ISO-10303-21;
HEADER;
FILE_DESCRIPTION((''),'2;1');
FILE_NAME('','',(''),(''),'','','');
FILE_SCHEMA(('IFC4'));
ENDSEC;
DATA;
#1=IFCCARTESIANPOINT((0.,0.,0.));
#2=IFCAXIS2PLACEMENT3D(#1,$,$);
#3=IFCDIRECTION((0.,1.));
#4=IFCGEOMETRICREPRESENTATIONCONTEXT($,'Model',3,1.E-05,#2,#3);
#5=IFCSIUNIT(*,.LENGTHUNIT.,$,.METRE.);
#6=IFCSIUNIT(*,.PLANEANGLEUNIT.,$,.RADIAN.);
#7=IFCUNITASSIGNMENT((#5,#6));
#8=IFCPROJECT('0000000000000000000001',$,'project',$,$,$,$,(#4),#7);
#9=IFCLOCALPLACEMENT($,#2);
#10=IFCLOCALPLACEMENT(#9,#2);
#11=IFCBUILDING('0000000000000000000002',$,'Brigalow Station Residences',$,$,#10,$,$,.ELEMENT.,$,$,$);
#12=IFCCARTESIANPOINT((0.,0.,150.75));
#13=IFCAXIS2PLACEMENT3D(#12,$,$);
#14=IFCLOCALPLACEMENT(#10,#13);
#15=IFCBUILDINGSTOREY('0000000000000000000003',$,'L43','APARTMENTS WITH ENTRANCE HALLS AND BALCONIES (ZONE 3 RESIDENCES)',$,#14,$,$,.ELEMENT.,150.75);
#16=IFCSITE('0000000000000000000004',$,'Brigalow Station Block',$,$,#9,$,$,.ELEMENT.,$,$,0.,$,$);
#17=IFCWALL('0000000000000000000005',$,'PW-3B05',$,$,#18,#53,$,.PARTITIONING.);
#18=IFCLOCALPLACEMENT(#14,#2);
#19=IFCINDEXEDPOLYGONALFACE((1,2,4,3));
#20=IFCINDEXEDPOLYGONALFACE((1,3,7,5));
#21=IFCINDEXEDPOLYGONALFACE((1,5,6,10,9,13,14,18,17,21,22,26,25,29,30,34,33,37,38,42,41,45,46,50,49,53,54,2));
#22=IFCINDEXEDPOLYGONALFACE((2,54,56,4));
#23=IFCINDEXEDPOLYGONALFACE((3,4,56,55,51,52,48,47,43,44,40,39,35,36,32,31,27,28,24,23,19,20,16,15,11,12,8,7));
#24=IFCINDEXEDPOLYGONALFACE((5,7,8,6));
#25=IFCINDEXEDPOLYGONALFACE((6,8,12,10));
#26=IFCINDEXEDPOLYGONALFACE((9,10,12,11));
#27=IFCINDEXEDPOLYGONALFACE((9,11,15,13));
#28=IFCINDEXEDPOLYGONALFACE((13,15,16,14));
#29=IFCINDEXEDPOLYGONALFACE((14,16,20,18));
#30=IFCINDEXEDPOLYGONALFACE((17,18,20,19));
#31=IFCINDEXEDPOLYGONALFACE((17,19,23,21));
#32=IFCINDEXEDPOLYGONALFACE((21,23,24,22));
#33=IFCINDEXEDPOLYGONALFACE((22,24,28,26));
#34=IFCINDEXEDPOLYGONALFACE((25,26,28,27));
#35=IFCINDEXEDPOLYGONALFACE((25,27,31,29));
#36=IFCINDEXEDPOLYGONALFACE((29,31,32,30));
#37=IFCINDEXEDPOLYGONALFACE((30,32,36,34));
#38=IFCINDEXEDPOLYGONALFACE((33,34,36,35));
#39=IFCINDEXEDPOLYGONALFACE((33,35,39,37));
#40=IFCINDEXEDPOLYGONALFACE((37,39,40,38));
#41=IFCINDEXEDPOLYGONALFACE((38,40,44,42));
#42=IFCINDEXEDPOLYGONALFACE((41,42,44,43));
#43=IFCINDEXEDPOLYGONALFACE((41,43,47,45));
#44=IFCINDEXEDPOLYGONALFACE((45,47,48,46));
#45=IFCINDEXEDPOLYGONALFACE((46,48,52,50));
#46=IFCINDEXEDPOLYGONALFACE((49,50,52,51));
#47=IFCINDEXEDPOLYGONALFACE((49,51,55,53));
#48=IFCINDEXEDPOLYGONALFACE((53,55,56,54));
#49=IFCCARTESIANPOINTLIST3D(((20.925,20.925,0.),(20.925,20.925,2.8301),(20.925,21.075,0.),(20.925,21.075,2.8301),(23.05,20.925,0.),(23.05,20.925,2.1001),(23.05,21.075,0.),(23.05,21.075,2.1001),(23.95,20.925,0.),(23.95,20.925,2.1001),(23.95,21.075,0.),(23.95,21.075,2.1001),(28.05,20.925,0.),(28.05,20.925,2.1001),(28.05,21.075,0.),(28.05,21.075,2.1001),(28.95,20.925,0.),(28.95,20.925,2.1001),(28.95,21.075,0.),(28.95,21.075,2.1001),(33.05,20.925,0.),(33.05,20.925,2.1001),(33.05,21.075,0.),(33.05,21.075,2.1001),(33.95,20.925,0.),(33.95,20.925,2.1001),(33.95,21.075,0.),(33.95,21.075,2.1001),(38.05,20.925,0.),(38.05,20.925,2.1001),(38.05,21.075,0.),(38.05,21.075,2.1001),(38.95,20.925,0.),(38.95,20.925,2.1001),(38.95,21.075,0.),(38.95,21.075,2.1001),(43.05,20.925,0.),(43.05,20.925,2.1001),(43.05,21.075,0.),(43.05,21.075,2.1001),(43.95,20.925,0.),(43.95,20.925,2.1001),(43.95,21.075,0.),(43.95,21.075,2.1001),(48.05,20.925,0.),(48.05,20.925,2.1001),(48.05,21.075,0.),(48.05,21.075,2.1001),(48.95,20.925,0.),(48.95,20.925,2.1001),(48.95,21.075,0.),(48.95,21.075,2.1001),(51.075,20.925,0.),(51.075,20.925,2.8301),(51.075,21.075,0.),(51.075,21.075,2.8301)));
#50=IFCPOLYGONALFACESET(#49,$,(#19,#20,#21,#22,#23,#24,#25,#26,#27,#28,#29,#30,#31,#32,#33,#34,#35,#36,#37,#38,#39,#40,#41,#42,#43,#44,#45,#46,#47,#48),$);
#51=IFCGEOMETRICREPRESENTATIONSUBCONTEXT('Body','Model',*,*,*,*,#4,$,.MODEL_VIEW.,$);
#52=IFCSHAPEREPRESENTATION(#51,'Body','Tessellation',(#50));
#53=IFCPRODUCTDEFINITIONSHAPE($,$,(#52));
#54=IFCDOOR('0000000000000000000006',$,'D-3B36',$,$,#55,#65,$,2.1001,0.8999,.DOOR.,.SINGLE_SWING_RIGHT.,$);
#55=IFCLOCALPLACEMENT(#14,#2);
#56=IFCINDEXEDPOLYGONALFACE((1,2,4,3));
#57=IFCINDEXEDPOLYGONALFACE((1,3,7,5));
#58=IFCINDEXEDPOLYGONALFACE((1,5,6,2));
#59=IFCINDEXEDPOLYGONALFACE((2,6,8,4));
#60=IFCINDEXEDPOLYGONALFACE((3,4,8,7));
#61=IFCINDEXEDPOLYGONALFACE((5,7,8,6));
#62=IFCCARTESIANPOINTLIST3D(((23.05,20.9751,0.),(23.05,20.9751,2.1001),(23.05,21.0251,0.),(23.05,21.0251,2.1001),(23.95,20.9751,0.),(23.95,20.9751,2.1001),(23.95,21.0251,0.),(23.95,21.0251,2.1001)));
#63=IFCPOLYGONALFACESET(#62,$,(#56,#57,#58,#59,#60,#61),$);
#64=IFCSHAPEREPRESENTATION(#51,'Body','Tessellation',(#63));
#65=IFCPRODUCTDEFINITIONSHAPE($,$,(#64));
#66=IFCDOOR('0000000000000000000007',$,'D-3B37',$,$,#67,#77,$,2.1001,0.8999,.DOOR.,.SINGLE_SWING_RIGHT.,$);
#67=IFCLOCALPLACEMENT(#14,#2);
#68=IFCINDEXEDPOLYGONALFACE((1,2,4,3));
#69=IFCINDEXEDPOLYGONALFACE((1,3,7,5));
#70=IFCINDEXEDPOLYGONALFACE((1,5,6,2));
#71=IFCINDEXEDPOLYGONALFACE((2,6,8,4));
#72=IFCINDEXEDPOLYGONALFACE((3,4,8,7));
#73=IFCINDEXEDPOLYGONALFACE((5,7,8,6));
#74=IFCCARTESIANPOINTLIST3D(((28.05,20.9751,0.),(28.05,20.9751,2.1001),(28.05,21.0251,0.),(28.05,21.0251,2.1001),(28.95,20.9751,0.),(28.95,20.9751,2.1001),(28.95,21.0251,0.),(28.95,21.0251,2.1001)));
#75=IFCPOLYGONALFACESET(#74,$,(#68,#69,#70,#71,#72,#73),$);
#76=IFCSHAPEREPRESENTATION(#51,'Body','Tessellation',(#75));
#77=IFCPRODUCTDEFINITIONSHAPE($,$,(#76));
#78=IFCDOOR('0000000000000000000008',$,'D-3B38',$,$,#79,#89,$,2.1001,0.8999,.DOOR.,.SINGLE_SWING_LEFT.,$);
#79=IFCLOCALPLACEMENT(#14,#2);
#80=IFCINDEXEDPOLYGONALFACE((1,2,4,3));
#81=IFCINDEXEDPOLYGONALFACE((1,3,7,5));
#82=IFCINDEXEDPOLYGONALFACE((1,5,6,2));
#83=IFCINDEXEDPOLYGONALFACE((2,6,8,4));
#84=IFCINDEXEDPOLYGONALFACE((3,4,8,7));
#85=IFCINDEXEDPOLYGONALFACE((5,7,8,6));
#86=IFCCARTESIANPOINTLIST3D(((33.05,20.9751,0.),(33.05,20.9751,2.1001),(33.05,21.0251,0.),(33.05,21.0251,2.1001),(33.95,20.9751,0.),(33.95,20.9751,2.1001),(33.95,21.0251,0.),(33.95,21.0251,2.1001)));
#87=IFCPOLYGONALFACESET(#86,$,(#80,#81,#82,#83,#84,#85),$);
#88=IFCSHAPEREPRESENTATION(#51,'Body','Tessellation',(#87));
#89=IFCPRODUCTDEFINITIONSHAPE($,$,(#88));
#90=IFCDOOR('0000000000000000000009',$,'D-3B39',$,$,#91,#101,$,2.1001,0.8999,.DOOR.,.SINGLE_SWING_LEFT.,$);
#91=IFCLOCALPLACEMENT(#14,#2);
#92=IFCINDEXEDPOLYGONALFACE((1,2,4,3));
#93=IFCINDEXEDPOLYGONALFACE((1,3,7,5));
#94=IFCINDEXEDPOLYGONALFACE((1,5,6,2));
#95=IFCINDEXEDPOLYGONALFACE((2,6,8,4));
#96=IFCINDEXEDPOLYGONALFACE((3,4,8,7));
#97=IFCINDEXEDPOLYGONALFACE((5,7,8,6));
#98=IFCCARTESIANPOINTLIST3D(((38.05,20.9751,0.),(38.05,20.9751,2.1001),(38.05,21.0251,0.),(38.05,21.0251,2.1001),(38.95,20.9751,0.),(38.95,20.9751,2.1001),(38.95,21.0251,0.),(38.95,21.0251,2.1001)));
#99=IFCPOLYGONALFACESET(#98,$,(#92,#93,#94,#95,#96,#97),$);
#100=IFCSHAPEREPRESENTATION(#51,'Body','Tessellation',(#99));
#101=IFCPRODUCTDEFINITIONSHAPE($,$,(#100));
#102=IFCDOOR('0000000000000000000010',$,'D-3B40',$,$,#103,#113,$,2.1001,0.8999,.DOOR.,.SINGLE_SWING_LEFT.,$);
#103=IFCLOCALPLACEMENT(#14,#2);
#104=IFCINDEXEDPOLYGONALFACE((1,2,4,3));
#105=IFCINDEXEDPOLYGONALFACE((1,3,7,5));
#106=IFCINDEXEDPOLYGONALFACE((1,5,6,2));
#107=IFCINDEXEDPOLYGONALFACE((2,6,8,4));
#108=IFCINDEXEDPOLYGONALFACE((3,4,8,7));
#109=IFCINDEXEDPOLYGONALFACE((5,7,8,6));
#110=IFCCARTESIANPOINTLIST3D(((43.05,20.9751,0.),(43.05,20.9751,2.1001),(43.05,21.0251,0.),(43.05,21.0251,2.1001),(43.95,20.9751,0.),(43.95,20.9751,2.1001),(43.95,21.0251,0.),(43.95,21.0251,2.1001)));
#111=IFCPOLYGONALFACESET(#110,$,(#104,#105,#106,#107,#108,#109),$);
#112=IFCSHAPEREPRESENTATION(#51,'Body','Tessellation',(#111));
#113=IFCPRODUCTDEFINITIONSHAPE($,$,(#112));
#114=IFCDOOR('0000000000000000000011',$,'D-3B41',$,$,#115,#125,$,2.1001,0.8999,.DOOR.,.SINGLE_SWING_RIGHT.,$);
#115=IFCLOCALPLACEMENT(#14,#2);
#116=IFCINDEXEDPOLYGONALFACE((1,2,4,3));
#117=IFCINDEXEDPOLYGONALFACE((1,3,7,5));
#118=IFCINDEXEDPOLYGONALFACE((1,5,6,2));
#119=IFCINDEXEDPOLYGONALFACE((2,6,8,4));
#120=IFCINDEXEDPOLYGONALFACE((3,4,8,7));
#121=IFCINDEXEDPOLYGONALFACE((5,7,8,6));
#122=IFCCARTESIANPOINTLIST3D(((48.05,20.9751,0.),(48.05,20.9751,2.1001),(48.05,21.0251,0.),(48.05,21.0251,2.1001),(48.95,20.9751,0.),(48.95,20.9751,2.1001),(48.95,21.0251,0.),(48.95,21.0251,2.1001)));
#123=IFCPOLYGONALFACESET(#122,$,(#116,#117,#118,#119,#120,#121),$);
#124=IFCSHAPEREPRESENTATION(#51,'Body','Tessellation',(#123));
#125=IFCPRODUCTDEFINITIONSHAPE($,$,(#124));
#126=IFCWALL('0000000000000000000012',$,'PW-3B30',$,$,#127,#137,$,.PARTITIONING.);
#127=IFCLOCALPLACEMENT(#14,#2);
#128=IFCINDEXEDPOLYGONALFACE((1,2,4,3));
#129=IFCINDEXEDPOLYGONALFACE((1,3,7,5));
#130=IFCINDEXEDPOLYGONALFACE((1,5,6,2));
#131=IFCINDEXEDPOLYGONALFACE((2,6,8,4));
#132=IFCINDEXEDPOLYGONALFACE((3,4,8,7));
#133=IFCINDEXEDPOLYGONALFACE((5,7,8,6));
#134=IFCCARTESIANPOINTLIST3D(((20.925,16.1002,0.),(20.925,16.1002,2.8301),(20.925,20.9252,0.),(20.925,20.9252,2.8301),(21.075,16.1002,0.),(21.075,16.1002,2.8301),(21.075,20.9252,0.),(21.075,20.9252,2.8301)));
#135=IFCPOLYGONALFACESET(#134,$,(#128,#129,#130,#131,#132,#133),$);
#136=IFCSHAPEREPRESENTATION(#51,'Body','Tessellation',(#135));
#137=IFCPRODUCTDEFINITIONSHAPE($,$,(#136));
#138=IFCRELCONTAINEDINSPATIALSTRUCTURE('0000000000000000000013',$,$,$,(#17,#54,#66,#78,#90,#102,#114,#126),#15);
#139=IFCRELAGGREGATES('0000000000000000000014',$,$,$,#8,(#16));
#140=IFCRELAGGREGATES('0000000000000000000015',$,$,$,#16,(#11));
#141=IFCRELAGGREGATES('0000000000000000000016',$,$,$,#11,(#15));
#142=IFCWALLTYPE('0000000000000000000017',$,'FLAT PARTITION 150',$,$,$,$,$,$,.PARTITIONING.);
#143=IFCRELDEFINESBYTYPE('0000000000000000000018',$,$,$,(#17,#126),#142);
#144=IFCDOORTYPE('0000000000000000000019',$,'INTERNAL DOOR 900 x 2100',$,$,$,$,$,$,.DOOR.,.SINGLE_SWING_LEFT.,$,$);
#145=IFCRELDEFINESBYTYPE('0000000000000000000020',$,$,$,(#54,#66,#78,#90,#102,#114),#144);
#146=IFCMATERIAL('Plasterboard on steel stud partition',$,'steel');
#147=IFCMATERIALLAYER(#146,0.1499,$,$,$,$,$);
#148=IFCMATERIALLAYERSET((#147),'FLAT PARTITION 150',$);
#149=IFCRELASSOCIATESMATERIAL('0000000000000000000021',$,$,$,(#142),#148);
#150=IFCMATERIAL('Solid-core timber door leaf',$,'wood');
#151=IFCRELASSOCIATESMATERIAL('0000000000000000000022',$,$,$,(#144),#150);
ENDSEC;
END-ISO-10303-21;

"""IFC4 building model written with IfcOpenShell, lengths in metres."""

from ifc_helpers import new_model, si_unit, direction, frame, frame_2d, origin, place, context, subcontext, project, spatial, rectangle, extrude, material, layer, layer_set, type_object, element, fill, save


model = new_model("IFC4")

# Units and contexts
model_context = context("Model", 3, precision=1e-05, world=origin(), true_north=direction((0.0, 1.0)))
body_context = subcontext(model_context, "Body", "Model", "MODEL_VIEW")
ifc_project = project(units=[si_unit("LENGTHUNIT", "METRE"), si_unit("PLANEANGLEUNIT", "RADIAN")], contexts=[model_context])

# Site, building, storey
site_placement = place(None, origin())
site = spatial("IfcSite", under=ifc_project, at=site_placement, Name="Brigalow Station Block", CompositionType="ELEMENT", RefElevation=0.0)
building_placement = place(site_placement, origin())
building = spatial("IfcBuilding", under=site, at=building_placement, Name="Brigalow Station Residences", CompositionType="ELEMENT")
storey_placement = place(building_placement, frame((0.0, 0.0, 150.75)))
storey = spatial("IfcBuildingStorey", under=building, at=storey_placement, Name="L43", Description="APARTMENTS WITH ENTRANCE HALLS AND BALCONIES (ZONE 3 RESIDENCES)", CompositionType="ELEMENT", Elevation=150.75)

# Wall, openings, doors
ifc_material_1 = material(Name="Plasterboard on steel stud partition", Category="steel")
ifc_layer_1 = layer(ifc_material_1, 0.1499)
ifc_layer_set_1 = layer_set([ifc_layer_1], Name="FLAT PARTITION 150")
wall_type_1 = type_object("IfcWallType", Name="FLAT PARTITION 150", PredefinedType="PARTITIONING", material=ifc_layer_set_1)
wall_1_placement = place(storey_placement, frame((20.925, 21.0, 0.0), z_axis=(0.0, 0.0, 1.0), x_axis=(1.0, 0.0, 0.0)))
wall_1 = element("IfcWall", 1, at=wall_1_placement, inside=storey, type_object=wall_type_1, Name="PW-3B05", PredefinedType="PARTITIONING", context=body_context, shape_type="SweptSolid", body=[
    extrude(rectangle(XDim=30.1499, YDim=0.1499, at=frame_2d((15.075, 0.0))), origin(), (0.0, 0.0, 1.0), 2.8301),
])
opening_1_placement = place(wall_1_placement, frame((2.125, 0.0, 0.0)))
opening_1 = element("IfcOpeningElement", 2, at=opening_1_placement, cuts=wall_1, PredefinedType="OPENING", context=body_context, shape_type="SweptSolid", body=[
    extrude(rectangle(XDim=0.8999, YDim=2.1001, at=frame_2d((0.45, 1.05))), frame((0.0, 0.085, 0.0), z_axis=(0.0, -1.0, 0.0), x_axis=(1.0, 0.0, 0.0)), (0.0, 0.0, 1.0), 0.1699),
])
opening_2_placement = place(wall_1_placement, frame((7.125, 0.0, 0.0)))
opening_2 = element("IfcOpeningElement", 3, at=opening_2_placement, cuts=wall_1, PredefinedType="OPENING", context=body_context, shape_type="SweptSolid", body=[
    extrude(rectangle(XDim=0.8999, YDim=2.1001, at=frame_2d((0.45, 1.05))), frame((0.0, 0.085, 0.0), z_axis=(0.0, -1.0, 0.0), x_axis=(1.0, 0.0, 0.0)), (0.0, 0.0, 1.0), 0.1699),
])
opening_3_placement = place(wall_1_placement, frame((12.125, 0.0, 0.0)))
opening_3 = element("IfcOpeningElement", 4, at=opening_3_placement, cuts=wall_1, PredefinedType="OPENING", context=body_context, shape_type="SweptSolid", body=[
    extrude(rectangle(XDim=0.8999, YDim=2.1001, at=frame_2d((0.45, 1.05))), frame((0.0, 0.085, 0.0), z_axis=(0.0, -1.0, 0.0), x_axis=(1.0, 0.0, 0.0)), (0.0, 0.0, 1.0), 0.1699),
])
opening_4_placement = place(wall_1_placement, frame((17.125, 0.0, 0.0)))
opening_4 = element("IfcOpeningElement", 5, at=opening_4_placement, cuts=wall_1, PredefinedType="OPENING", context=body_context, shape_type="SweptSolid", body=[
    extrude(rectangle(XDim=0.8999, YDim=2.1001, at=frame_2d((0.45, 1.05))), frame((0.0, 0.085, 0.0), z_axis=(0.0, -1.0, 0.0), x_axis=(1.0, 0.0, 0.0)), (0.0, 0.0, 1.0), 0.1699),
])
opening_5_placement = place(wall_1_placement, frame((22.125, 0.0, 0.0)))
opening_5 = element("IfcOpeningElement", 6, at=opening_5_placement, cuts=wall_1, PredefinedType="OPENING", context=body_context, shape_type="SweptSolid", body=[
    extrude(rectangle(XDim=0.8999, YDim=2.1001, at=frame_2d((0.45, 1.05))), frame((0.0, 0.085, 0.0), z_axis=(0.0, -1.0, 0.0), x_axis=(1.0, 0.0, 0.0)), (0.0, 0.0, 1.0), 0.1699),
])
opening_6_placement = place(wall_1_placement, frame((27.125, 0.0, 0.0)))
opening_6 = element("IfcOpeningElement", 7, at=opening_6_placement, cuts=wall_1, PredefinedType="OPENING", context=body_context, shape_type="SweptSolid", body=[
    extrude(rectangle(XDim=0.8999, YDim=2.1001, at=frame_2d((0.45, 1.05))), frame((0.0, 0.085, 0.0), z_axis=(0.0, -1.0, 0.0), x_axis=(1.0, 0.0, 0.0)), (0.0, 0.0, 1.0), 0.1699),
])
ifc_material_2 = material(Name="Solid-core timber door leaf", Category="wood")
door_type_1 = type_object("IfcDoorType", Name="INTERNAL DOOR 900 x 2100", OperationType="SINGLE_SWING_LEFT", PredefinedType="DOOR", material=ifc_material_2)
door_1_placement = place(opening_1_placement, frame((0.8999, 0.0, 0.0), z_axis=(0.0, 0.0, 1.0), x_axis=(-1.0, 0.0, 0.0)))
door_1 = element("IfcDoor", 8, at=door_1_placement, inside=storey, type_object=door_type_1, Name="D-3B36", OperationType="SINGLE_SWING_RIGHT", OverallHeight=2.1001, OverallWidth=0.8999, PredefinedType="DOOR", context=body_context, shape_type="SweptSolid", body=[
    extrude(rectangle(XDim=0.8999, YDim=2.1001, at=frame_2d((0.45, 1.05))), frame((0.0, 0.0249, 0.0), z_axis=(0.0, -1.0, 0.0), x_axis=(1.0, 0.0, 0.0)), (0.0, 0.0, 1.0), 0.05),
])
fill(opening_1, door_1)
door_2_placement = place(opening_2_placement, frame((0.8999, 0.0, 0.0), z_axis=(0.0, 0.0, 1.0), x_axis=(-1.0, 0.0, 0.0)))
door_2 = element("IfcDoor", 9, at=door_2_placement, inside=storey, type_object=door_type_1, Name="D-3B37", OperationType="SINGLE_SWING_RIGHT", OverallHeight=2.1001, OverallWidth=0.8999, PredefinedType="DOOR", context=body_context, shape_type="SweptSolid", body=[
    extrude(rectangle(XDim=0.8999, YDim=2.1001, at=frame_2d((0.45, 1.05))), frame((0.0, 0.0249, 0.0), z_axis=(0.0, -1.0, 0.0), x_axis=(1.0, 0.0, 0.0)), (0.0, 0.0, 1.0), 0.05),
])
fill(opening_2, door_2)
door_3_placement = place(opening_3_placement, frame((0.8999, 0.0, 0.0), z_axis=(0.0, 0.0, 1.0), x_axis=(-1.0, 0.0, 0.0)))
door_3 = element("IfcDoor", 10, at=door_3_placement, inside=storey, type_object=door_type_1, Name="D-3B38", OperationType="SINGLE_SWING_LEFT", OverallHeight=2.1001, OverallWidth=0.8999, PredefinedType="DOOR", context=body_context, shape_type="SweptSolid", body=[
    extrude(rectangle(XDim=0.8999, YDim=2.1001, at=frame_2d((0.45, 1.05))), frame((0.0, 0.0249, 0.0), z_axis=(0.0, -1.0, 0.0), x_axis=(1.0, 0.0, 0.0)), (0.0, 0.0, 1.0), 0.05),
])
fill(opening_3, door_3)
door_4_placement = place(opening_4_placement, frame((0.8999, 0.0, 0.0), z_axis=(0.0, 0.0, 1.0), x_axis=(-1.0, 0.0, 0.0)))
door_4 = element("IfcDoor", 11, at=door_4_placement, inside=storey, type_object=door_type_1, Name="D-3B39", OperationType="SINGLE_SWING_LEFT", OverallHeight=2.1001, OverallWidth=0.8999, PredefinedType="DOOR", context=body_context, shape_type="SweptSolid", body=[
    extrude(rectangle(XDim=0.8999, YDim=2.1001, at=frame_2d((0.45, 1.05))), frame((0.0, 0.0249, 0.0), z_axis=(0.0, -1.0, 0.0), x_axis=(1.0, 0.0, 0.0)), (0.0, 0.0, 1.0), 0.05),
])
fill(opening_4, door_4)
door_5_placement = place(opening_5_placement, frame((0.8999, 0.0, 0.0), z_axis=(0.0, 0.0, 1.0), x_axis=(-1.0, 0.0, 0.0)))
door_5 = element("IfcDoor", 12, at=door_5_placement, inside=storey, type_object=door_type_1, Name="D-3B40", OperationType="SINGLE_SWING_LEFT", OverallHeight=2.1001, OverallWidth=0.8999, PredefinedType="DOOR", context=body_context, shape_type="SweptSolid", body=[
    extrude(rectangle(XDim=0.8999, YDim=2.1001, at=frame_2d((0.45, 1.05))), frame((0.0, 0.0249, 0.0), z_axis=(0.0, -1.0, 0.0), x_axis=(1.0, 0.0, 0.0)), (0.0, 0.0, 1.0), 0.05),
])
fill(opening_5, door_5)
door_6_placement = place(opening_6_placement, frame((0.8999, 0.0, 0.0), z_axis=(0.0, 0.0, 1.0), x_axis=(-1.0, 0.0, 0.0)))
door_6 = element("IfcDoor", 13, at=door_6_placement, inside=storey, type_object=door_type_1, Name="D-3B41", OperationType="SINGLE_SWING_RIGHT", OverallHeight=2.1001, OverallWidth=0.8999, PredefinedType="DOOR", context=body_context, shape_type="SweptSolid", body=[
    extrude(rectangle(XDim=0.8999, YDim=2.1001, at=frame_2d((0.45, 1.05))), frame((0.0, 0.0249, 0.0), z_axis=(0.0, -1.0, 0.0), x_axis=(1.0, 0.0, 0.0)), (0.0, 0.0, 1.0), 0.05),
])
fill(opening_6, door_6)

# Wall
wall_2_placement = place(storey_placement, frame((21.0, 16.1001, 0.0), z_axis=(0.0, 0.0, 1.0), x_axis=(0.0, 1.0, 0.0)))
element("IfcWall", 14, at=wall_2_placement, inside=storey, type_object=wall_type_1, Name="PW-3B30", PredefinedType="PARTITIONING", context=body_context, shape_type="SweptSolid", body=[
    extrude(rectangle(XDim=4.825, YDim=0.1499, at=frame_2d((2.4126, 0.0))), origin(), (0.0, 0.0, 1.0), 2.8301),
])

save(model, "model.ifc")
